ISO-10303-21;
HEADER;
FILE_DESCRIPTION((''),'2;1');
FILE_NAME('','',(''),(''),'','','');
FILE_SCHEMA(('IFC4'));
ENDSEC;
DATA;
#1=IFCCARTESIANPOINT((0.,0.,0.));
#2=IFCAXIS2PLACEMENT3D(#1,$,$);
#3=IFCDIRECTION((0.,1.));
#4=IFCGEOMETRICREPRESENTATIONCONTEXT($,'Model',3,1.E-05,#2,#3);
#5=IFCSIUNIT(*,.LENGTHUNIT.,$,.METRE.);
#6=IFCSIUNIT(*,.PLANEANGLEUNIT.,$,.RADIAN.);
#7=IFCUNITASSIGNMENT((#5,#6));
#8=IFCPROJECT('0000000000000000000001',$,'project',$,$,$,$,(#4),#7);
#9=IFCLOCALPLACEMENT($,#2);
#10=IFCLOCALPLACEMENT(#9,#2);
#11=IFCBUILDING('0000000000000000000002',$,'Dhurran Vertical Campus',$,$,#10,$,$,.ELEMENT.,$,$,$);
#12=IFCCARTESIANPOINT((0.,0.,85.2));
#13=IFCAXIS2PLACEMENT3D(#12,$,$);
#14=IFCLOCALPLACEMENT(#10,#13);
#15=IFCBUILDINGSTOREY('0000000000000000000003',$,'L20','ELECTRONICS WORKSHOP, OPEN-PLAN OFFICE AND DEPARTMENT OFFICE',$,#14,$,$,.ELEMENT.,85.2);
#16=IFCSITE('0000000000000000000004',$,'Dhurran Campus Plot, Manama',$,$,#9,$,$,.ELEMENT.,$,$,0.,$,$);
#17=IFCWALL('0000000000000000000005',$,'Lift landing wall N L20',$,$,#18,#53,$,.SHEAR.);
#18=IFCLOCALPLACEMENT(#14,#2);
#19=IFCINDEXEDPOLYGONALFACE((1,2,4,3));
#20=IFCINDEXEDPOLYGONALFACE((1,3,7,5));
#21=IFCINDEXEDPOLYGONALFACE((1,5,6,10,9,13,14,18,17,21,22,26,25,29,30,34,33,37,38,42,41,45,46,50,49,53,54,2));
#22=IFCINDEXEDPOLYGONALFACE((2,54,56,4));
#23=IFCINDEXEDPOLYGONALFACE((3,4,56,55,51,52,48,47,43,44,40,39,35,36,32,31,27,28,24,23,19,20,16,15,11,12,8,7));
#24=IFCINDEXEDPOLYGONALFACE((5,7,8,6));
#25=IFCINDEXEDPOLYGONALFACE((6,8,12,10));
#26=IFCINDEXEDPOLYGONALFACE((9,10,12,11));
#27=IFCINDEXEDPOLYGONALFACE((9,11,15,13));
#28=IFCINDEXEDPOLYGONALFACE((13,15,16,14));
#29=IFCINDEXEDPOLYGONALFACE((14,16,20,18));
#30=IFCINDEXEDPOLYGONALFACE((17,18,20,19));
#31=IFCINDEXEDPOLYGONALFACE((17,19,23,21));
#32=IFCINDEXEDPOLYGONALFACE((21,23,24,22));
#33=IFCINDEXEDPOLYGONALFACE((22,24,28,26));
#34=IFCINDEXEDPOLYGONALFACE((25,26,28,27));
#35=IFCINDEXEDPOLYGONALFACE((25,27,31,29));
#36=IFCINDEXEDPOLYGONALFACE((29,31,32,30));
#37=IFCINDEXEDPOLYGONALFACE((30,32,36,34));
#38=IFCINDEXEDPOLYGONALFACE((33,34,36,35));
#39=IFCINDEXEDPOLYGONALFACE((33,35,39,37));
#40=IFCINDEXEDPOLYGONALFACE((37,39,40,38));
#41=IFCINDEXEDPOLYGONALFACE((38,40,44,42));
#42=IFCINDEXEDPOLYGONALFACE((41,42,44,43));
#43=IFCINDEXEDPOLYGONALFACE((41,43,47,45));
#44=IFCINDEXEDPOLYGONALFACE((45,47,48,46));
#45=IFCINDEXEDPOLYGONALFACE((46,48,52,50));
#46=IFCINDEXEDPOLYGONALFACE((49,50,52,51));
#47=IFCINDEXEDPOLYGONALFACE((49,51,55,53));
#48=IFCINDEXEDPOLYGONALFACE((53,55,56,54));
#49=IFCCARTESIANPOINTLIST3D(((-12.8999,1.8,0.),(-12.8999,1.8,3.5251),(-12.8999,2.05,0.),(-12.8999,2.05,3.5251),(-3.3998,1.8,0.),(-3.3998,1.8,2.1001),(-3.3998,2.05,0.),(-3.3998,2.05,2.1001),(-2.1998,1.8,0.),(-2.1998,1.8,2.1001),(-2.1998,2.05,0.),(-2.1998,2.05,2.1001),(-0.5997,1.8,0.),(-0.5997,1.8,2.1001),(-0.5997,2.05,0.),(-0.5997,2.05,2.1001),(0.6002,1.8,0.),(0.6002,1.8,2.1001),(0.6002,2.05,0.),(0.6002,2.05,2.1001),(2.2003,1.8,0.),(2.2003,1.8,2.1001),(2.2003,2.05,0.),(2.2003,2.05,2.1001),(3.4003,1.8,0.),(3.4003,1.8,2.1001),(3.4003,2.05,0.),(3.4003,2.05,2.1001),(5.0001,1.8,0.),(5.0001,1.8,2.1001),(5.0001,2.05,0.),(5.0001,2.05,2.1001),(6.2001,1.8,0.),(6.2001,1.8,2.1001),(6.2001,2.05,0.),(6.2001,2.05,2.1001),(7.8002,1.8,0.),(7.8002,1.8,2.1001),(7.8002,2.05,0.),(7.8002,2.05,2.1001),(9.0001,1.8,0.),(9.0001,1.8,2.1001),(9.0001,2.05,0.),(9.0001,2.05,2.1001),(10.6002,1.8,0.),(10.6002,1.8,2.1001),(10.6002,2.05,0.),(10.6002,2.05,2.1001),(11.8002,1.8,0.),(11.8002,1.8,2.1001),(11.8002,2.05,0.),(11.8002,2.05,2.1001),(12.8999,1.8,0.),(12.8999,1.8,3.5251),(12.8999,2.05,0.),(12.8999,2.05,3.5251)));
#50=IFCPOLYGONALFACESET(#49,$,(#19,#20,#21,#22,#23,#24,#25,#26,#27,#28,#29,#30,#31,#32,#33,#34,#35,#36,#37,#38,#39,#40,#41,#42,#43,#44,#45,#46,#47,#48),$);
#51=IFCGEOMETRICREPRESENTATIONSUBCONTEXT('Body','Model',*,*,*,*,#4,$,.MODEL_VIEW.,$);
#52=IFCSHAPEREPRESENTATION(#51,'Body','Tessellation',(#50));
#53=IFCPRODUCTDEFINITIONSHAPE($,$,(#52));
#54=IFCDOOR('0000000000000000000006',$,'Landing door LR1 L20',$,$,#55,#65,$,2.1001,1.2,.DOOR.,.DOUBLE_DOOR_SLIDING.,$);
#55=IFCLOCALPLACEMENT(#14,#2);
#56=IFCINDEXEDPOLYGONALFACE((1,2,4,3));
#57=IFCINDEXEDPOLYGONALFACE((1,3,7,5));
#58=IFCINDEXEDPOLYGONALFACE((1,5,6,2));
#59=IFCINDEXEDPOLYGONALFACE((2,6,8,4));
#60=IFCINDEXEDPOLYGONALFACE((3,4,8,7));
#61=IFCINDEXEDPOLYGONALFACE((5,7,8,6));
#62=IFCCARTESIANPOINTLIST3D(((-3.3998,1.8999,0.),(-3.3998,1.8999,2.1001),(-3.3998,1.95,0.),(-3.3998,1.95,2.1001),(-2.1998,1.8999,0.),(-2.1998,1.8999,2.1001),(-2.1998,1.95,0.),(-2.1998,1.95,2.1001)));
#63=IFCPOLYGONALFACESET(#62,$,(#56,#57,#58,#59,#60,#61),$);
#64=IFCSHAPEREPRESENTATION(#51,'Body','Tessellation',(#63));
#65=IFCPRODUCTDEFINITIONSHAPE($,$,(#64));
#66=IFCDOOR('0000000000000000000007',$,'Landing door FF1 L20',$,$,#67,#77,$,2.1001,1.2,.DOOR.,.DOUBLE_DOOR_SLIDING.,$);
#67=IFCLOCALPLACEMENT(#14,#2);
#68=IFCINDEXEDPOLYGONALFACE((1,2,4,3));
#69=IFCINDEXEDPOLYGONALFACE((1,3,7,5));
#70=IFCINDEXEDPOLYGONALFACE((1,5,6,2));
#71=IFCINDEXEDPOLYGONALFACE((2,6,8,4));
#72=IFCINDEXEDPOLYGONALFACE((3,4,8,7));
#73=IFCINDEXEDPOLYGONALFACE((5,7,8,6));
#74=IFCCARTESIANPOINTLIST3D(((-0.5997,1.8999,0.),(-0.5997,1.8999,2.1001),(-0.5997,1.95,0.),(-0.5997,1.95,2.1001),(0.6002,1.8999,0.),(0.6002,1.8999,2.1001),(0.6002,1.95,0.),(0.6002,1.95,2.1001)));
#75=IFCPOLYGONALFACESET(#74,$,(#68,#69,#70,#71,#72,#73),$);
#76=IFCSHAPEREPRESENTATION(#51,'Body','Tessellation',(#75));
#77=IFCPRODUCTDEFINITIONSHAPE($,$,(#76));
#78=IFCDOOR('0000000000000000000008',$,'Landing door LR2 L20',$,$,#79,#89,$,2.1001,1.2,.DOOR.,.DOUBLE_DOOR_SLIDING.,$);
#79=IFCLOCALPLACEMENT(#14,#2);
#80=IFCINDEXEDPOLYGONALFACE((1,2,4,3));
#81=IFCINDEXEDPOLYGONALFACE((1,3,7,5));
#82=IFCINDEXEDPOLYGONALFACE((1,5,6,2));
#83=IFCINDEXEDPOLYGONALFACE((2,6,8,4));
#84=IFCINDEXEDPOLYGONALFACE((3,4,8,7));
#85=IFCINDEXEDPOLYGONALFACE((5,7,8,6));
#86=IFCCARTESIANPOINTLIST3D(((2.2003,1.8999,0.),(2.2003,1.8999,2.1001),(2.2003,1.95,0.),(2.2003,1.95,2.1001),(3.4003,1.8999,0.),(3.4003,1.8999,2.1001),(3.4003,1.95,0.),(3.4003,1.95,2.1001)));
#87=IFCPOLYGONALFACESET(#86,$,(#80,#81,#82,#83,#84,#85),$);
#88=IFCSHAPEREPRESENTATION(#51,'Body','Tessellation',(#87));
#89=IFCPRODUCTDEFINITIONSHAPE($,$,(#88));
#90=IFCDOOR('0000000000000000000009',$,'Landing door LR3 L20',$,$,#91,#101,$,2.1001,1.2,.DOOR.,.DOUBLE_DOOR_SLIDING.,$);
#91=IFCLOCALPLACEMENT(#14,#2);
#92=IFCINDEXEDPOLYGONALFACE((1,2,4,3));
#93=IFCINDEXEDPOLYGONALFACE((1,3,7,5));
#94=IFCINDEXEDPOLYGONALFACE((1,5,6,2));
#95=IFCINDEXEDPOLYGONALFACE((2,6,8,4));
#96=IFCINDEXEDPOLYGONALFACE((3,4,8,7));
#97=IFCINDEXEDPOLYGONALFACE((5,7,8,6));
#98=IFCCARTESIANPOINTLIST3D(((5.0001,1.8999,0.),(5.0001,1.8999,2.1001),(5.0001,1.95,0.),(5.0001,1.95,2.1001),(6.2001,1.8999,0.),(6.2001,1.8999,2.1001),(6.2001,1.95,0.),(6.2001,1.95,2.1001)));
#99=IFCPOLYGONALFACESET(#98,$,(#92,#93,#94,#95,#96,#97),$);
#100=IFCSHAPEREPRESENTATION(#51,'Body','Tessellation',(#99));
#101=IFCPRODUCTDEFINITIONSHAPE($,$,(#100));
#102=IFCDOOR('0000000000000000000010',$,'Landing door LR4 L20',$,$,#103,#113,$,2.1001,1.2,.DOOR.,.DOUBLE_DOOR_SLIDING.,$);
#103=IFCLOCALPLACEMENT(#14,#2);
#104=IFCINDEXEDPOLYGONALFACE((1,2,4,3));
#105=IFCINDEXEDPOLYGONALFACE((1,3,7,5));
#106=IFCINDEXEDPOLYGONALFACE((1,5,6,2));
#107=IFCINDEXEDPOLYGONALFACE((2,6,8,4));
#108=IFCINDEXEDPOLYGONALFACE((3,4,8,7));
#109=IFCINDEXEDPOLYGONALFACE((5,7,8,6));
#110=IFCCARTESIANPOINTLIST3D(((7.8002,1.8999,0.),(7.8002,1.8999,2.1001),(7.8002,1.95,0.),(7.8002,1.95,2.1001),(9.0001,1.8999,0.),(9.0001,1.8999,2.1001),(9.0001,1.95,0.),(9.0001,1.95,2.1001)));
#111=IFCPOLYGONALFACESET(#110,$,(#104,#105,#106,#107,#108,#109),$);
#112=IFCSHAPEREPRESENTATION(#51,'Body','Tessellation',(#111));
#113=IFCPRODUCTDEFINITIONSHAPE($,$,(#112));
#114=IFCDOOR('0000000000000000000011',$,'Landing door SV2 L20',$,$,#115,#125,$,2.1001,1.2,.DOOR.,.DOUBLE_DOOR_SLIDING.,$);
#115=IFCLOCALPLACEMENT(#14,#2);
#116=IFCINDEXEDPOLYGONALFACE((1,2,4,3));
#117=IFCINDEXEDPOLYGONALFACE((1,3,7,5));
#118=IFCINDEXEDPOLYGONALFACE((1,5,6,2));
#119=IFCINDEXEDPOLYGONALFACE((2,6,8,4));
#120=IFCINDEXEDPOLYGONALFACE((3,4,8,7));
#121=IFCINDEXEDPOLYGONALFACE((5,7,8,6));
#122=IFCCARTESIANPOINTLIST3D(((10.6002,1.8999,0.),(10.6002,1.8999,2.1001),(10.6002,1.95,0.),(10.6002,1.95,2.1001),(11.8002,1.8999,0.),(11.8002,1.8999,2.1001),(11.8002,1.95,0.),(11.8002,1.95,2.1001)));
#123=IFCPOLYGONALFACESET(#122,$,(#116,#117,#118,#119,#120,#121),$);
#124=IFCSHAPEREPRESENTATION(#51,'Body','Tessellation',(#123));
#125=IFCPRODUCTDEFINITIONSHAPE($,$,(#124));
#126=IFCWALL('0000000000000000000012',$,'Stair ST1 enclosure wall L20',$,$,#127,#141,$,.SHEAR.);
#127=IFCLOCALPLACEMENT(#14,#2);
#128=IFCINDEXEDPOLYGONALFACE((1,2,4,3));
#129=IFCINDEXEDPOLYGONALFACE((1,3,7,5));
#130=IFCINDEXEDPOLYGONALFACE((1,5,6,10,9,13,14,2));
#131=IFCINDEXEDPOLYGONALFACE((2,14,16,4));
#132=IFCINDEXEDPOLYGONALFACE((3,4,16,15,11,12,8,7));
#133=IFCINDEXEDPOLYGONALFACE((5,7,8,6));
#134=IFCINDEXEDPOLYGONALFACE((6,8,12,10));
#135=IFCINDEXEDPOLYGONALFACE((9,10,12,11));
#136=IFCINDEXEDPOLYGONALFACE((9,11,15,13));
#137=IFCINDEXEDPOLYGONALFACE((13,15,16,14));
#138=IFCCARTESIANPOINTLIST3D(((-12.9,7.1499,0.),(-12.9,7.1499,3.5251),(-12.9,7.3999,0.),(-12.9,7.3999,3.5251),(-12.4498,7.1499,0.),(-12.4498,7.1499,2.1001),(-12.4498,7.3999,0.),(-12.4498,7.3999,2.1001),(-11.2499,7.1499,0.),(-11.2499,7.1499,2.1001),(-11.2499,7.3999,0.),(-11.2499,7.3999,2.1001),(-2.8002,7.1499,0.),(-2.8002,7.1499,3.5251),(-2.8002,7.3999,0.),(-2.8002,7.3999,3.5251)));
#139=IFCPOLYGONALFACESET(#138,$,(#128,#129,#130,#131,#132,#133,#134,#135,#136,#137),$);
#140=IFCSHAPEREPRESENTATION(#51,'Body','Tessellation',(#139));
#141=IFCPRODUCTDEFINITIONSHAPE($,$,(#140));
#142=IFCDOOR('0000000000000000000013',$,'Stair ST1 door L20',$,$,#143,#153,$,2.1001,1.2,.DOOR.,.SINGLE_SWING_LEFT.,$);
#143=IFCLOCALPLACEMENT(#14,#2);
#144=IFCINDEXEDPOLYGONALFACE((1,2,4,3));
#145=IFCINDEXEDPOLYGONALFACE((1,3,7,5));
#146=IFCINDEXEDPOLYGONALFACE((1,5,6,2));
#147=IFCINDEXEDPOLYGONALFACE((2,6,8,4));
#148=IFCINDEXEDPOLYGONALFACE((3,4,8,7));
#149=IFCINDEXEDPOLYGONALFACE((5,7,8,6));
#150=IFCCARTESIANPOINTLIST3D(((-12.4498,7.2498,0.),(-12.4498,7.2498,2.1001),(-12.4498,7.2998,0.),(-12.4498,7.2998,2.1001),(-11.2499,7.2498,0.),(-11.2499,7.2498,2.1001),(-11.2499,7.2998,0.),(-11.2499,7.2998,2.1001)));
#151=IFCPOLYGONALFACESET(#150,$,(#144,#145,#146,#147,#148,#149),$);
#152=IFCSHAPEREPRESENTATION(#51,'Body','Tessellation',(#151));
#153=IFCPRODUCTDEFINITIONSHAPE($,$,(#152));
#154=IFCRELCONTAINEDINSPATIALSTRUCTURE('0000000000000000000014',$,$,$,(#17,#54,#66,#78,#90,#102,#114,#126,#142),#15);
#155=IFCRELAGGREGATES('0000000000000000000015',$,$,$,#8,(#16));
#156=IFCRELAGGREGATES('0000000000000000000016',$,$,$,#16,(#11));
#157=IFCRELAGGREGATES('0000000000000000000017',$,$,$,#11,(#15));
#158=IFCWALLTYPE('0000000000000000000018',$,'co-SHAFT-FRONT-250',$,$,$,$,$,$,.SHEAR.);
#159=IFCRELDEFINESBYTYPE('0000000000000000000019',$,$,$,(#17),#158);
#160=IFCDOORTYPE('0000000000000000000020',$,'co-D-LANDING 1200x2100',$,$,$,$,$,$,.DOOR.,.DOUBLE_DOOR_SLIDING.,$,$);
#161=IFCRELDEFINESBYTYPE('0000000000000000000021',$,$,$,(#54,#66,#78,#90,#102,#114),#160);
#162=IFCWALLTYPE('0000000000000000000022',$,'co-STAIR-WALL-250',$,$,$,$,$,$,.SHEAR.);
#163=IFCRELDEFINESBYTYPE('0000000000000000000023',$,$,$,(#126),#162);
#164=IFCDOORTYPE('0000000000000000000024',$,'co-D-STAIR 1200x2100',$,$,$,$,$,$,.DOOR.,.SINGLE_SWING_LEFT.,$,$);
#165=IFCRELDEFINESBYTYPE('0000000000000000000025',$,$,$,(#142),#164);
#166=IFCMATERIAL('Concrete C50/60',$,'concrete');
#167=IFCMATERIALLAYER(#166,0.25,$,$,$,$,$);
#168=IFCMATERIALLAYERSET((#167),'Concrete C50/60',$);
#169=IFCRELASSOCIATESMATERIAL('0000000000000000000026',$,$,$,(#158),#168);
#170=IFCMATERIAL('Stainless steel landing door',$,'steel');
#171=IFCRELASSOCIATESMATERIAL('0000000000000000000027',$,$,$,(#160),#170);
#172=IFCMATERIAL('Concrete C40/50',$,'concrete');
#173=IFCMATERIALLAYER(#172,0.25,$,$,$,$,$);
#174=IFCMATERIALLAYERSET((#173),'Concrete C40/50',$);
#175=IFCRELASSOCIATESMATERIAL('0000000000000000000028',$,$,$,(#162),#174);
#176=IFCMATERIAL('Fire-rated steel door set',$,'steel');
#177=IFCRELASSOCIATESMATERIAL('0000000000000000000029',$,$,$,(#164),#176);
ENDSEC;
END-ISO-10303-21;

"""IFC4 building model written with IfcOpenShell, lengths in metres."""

from ifc_helpers import new_model, si_unit, direction, frame, frame_2d, origin, place, context, subcontext, project, spatial, rectangle, extrude, material, layer, layer_set, type_object, element, fill, save


model = new_model("IFC4")

# Units and contexts
model_context = context("Model", 3, precision=1e-05, world=origin(), true_north=direction((0.0, 1.0)))
body_context = subcontext(model_context, "Body", "Model", "MODEL_VIEW")
ifc_project = project(units=[si_unit("LENGTHUNIT", "METRE"), si_unit("PLANEANGLEUNIT", "RADIAN")], contexts=[model_context])

# Site, building, storey
site_placement = place(None, origin())
site = spatial("IfcSite", under=ifc_project, at=site_placement, Name="Dhurran Campus Plot, Manama", CompositionType="ELEMENT", RefElevation=0.0)
building_placement = place(site_placement, origin())
building = spatial("IfcBuilding", under=site, at=building_placement, Name="Dhurran Vertical Campus", CompositionType="ELEMENT")
storey_placement = place(building_placement, frame((0.0, 0.0, 85.2)))
storey = spatial("IfcBuildingStorey", under=building, at=storey_placement, Name="L20", Description="ELECTRONICS WORKSHOP, OPEN-PLAN OFFICE AND DEPARTMENT OFFICE", CompositionType="ELEMENT", Elevation=85.2)

# Wall, openings, doors
ifc_material_1 = material(Name="Concrete C50/60", Category="concrete")
ifc_layer_1 = layer(ifc_material_1, 0.25)
ifc_layer_set_1 = layer_set([ifc_layer_1], Name="Concrete C50/60")
wall_type_1 = type_object("IfcWallType", Name="co-SHAFT-FRONT-250", PredefinedType="SHEAR", material=ifc_layer_set_1)
wall_1_placement = place(storey_placement, frame((-12.8999, 1.925, 0.0), z_axis=(0.0, 0.0, 1.0), x_axis=(1.0, 0.0, 0.0)))
wall_1 = element("IfcWall", 1, at=wall_1_placement, inside=storey, type_object=wall_type_1, Name="Lift landing wall N L20", PredefinedType="SHEAR", context=body_context, shape_type="SweptSolid", body=[
    extrude(rectangle(XDim=25.7998, YDim=0.25, at=frame_2d((12.8999, 0.0))), origin(), (0.0, 0.0, 1.0), 3.5251),
])
opening_1_placement = place(wall_1_placement, frame((9.5, 0.0, 0.0)))
opening_1 = element("IfcOpeningElement", 2, at=opening_1_placement, cuts=wall_1, PredefinedType="OPENING", context=body_context, shape_type="SweptSolid", body=[
    extrude(rectangle(XDim=1.2, YDim=2.1001, at=frame_2d((0.6001, 1.05))), frame((0.0, 0.135, 0.0), z_axis=(0.0, -1.0, 0.0), x_axis=(1.0, 0.0, 0.0)), (0.0, 0.0, 1.0), 0.27),
])
opening_2_placement = place(wall_1_placement, frame((12.3, 0.0, 0.0)))
opening_2 = element("IfcOpeningElement", 3, at=opening_2_placement, cuts=wall_1, PredefinedType="OPENING", context=body_context, shape_type="SweptSolid", body=[
    extrude(rectangle(XDim=1.2, YDim=2.1001, at=frame_2d((0.6001, 1.05))), frame((0.0, 0.135, 0.0), z_axis=(0.0, -1.0, 0.0), x_axis=(1.0, 0.0, 0.0)), (0.0, 0.0, 1.0), 0.27),
])
opening_3_placement = place(wall_1_placement, frame((15.1001, 0.0, 0.0)))
opening_3 = element("IfcOpeningElement", 4, at=opening_3_placement, cuts=wall_1, PredefinedType="OPENING", context=body_context, shape_type="SweptSolid", body=[
    extrude(rectangle(XDim=1.2, YDim=2.1001, at=frame_2d((0.6001, 1.05))), frame((0.0, 0.135, 0.0), z_axis=(0.0, -1.0, 0.0), x_axis=(1.0, 0.0, 0.0)), (0.0, 0.0, 1.0), 0.27),
])
opening_4_placement = place(wall_1_placement, frame((17.8999, 0.0, 0.0)))
opening_4 = element("IfcOpeningElement", 5, at=opening_4_placement, cuts=wall_1, PredefinedType="OPENING", context=body_context, shape_type="SweptSolid", body=[
    extrude(rectangle(XDim=1.2, YDim=2.1001, at=frame_2d((0.6001, 1.05))), frame((0.0, 0.135, 0.0), z_axis=(0.0, -1.0, 0.0), x_axis=(1.0, 0.0, 0.0)), (0.0, 0.0, 1.0), 0.27),
])
opening_5_placement = place(wall_1_placement, frame((20.7, 0.0, 0.0)))
opening_5 = element("IfcOpeningElement", 6, at=opening_5_placement, cuts=wall_1, PredefinedType="OPENING", context=body_context, shape_type="SweptSolid", body=[
    extrude(rectangle(XDim=1.2, YDim=2.1001, at=frame_2d((0.6001, 1.05))), frame((0.0, 0.135, 0.0), z_axis=(0.0, -1.0, 0.0), x_axis=(1.0, 0.0, 0.0)), (0.0, 0.0, 1.0), 0.27),
])
opening_6_placement = place(wall_1_placement, frame((23.5, 0.0, 0.0)))
opening_6 = element("IfcOpeningElement", 7, at=opening_6_placement, cuts=wall_1, PredefinedType="OPENING", context=body_context, shape_type="SweptSolid", body=[
    extrude(rectangle(XDim=1.2, YDim=2.1001, at=frame_2d((0.6001, 1.05))), frame((0.0, 0.135, 0.0), z_axis=(0.0, -1.0, 0.0), x_axis=(1.0, 0.0, 0.0)), (0.0, 0.0, 1.0), 0.27),
])
ifc_material_2 = material(Name="Stainless steel landing door", Category="steel")
door_type_1 = type_object("IfcDoorType", Name="co-D-LANDING 1200x2100", OperationType="DOUBLE_DOOR_SLIDING", PredefinedType="DOOR", material=ifc_material_2)
door_1_placement = place(opening_1_placement, origin())
door_1 = element("IfcDoor", 8, at=door_1_placement, inside=storey, type_object=door_type_1, Name="Landing door LR1 L20", OperationType="DOUBLE_DOOR_SLIDING", OverallHeight=2.1001, OverallWidth=1.2, PredefinedType="DOOR", context=body_context, shape_type="SweptSolid", body=[
    extrude(rectangle(XDim=1.2, YDim=2.1001, at=frame_2d((0.6001, 1.05))), frame((0.0, 0.0249, 0.0), z_axis=(0.0, -1.0, 0.0), x_axis=(1.0, 0.0, 0.0)), (0.0, 0.0, 1.0), 0.05),
])
fill(opening_1, door_1)
door_2_placement = place(opening_2_placement, origin())
door_2 = element("IfcDoor", 9, at=door_2_placement, inside=storey, type_object=door_type_1, Name="Landing door FF1 L20", OperationType="DOUBLE_DOOR_SLIDING", OverallHeight=2.1001, OverallWidth=1.2, PredefinedType="DOOR", context=body_context, shape_type="SweptSolid", body=[
    extrude(rectangle(XDim=1.2, YDim=2.1001, at=frame_2d((0.6001, 1.05))), frame((0.0, 0.0249, 0.0), z_axis=(0.0, -1.0, 0.0), x_axis=(1.0, 0.0, 0.0)), (0.0, 0.0, 1.0), 0.05),
])
fill(opening_2, door_2)
door_3_placement = place(opening_3_placement, origin())
door_3 = element("IfcDoor", 10, at=door_3_placement, inside=storey, type_object=door_type_1, Name="Landing door LR2 L20", OperationType="DOUBLE_DOOR_SLIDING", OverallHeight=2.1001, OverallWidth=1.2, PredefinedType="DOOR", context=body_context, shape_type="SweptSolid", body=[
    extrude(rectangle(XDim=1.2, YDim=2.1001, at=frame_2d((0.6001, 1.05))), frame((0.0, 0.0249, 0.0), z_axis=(0.0, -1.0, 0.0), x_axis=(1.0, 0.0, 0.0)), (0.0, 0.0, 1.0), 0.05),
])
fill(opening_3, door_3)
door_4_placement = place(opening_4_placement, origin())
door_4 = element("IfcDoor", 11, at=door_4_placement, inside=storey, type_object=door_type_1, Name="Landing door LR3 L20", OperationType="DOUBLE_DOOR_SLIDING", OverallHeight=2.1001, OverallWidth=1.2, PredefinedType="DOOR", context=body_context, shape_type="SweptSolid", body=[
    extrude(rectangle(XDim=1.2, YDim=2.1001, at=frame_2d((0.6001, 1.05))), frame((0.0, 0.0249, 0.0), z_axis=(0.0, -1.0, 0.0), x_axis=(1.0, 0.0, 0.0)), (0.0, 0.0, 1.0), 0.05),
])
fill(opening_4, door_4)
door_5_placement = place(opening_5_placement, origin())
door_5 = element("IfcDoor", 12, at=door_5_placement, inside=storey, type_object=door_type_1, Name="Landing door LR4 L20", OperationType="DOUBLE_DOOR_SLIDING", OverallHeight=2.1001, OverallWidth=1.2, PredefinedType="DOOR", context=body_context, shape_type="SweptSolid", body=[
    extrude(rectangle(XDim=1.2, YDim=2.1001, at=frame_2d((0.6001, 1.05))), frame((0.0, 0.0249, 0.0), z_axis=(0.0, -1.0, 0.0), x_axis=(1.0, 0.0, 0.0)), (0.0, 0.0, 1.0), 0.05),
])
fill(opening_5, door_5)
door_6_placement = place(opening_6_placement, origin())
door_6 = element("IfcDoor", 13, at=door_6_placement, inside=storey, type_object=door_type_1, Name="Landing door SV2 L20", OperationType="DOUBLE_DOOR_SLIDING", OverallHeight=2.1001, OverallWidth=1.2, PredefinedType="DOOR", context=body_context, shape_type="SweptSolid", body=[
    extrude(rectangle(XDim=1.2, YDim=2.1001, at=frame_2d((0.6001, 1.05))), frame((0.0, 0.0249, 0.0), z_axis=(0.0, -1.0, 0.0), x_axis=(1.0, 0.0, 0.0)), (0.0, 0.0, 1.0), 0.05),
])
fill(opening_6, door_6)

# Wall, opening, door
ifc_material_3 = material(Name="Concrete C40/50", Category="concrete")
ifc_layer_2 = layer(ifc_material_3, 0.25)
ifc_layer_set_2 = layer_set([ifc_layer_2], Name="Concrete C40/50")
wall_type_2 = type_object("IfcWallType", Name="co-STAIR-WALL-250", PredefinedType="SHEAR", material=ifc_layer_set_2)
wall_2_placement = place(storey_placement, frame((-12.8999, 7.2749, 0.0), z_axis=(0.0, 0.0, 1.0), x_axis=(1.0, 0.0, 0.0)))
wall_2 = element("IfcWall", 14, at=wall_2_placement, inside=storey, type_object=wall_type_2, Name="Stair ST1 enclosure wall L20", PredefinedType="SHEAR", context=body_context, shape_type="SweptSolid", body=[
    extrude(rectangle(XDim=10.0999, YDim=0.25, at=frame_2d((5.0498, 0.0))), origin(), (0.0, 0.0, 1.0), 3.5251),
])
opening_7_placement = place(wall_2_placement, frame((0.45, 0.0, 0.0)))
opening_7 = element("IfcOpeningElement", 15, at=opening_7_placement, cuts=wall_2, PredefinedType="OPENING", context=body_context, shape_type="SweptSolid", body=[
    extrude(rectangle(XDim=1.2, YDim=2.1001, at=frame_2d((0.6001, 1.05))), frame((0.0, 0.135, 0.0), z_axis=(0.0, -1.0, 0.0), x_axis=(1.0, 0.0, 0.0)), (0.0, 0.0, 1.0), 0.27),
])
ifc_material_4 = material(Name="Fire-rated steel door set", Category="steel")
door_type_2 = type_object("IfcDoorType", Name="co-D-STAIR 1200x2100", OperationType="SINGLE_SWING_LEFT", PredefinedType="DOOR", material=ifc_material_4)
door_7_placement = place(opening_7_placement, origin())
door_7 = element("IfcDoor", 16, at=door_7_placement, inside=storey, type_object=door_type_2, Name="Stair ST1 door L20", OperationType="SINGLE_SWING_LEFT", OverallHeight=2.1001, OverallWidth=1.2, PredefinedType="DOOR", context=body_context, shape_type="SweptSolid", body=[
    extrude(rectangle(XDim=1.2, YDim=2.1001, at=frame_2d((0.6001, 1.05))), frame((0.0, 0.0249, 0.0), z_axis=(0.0, -1.0, 0.0), x_axis=(1.0, 0.0, 0.0)), (0.0, 0.0, 1.0), 0.05),
])
fill(opening_7, door_7)

save(model, "model.ifc")
